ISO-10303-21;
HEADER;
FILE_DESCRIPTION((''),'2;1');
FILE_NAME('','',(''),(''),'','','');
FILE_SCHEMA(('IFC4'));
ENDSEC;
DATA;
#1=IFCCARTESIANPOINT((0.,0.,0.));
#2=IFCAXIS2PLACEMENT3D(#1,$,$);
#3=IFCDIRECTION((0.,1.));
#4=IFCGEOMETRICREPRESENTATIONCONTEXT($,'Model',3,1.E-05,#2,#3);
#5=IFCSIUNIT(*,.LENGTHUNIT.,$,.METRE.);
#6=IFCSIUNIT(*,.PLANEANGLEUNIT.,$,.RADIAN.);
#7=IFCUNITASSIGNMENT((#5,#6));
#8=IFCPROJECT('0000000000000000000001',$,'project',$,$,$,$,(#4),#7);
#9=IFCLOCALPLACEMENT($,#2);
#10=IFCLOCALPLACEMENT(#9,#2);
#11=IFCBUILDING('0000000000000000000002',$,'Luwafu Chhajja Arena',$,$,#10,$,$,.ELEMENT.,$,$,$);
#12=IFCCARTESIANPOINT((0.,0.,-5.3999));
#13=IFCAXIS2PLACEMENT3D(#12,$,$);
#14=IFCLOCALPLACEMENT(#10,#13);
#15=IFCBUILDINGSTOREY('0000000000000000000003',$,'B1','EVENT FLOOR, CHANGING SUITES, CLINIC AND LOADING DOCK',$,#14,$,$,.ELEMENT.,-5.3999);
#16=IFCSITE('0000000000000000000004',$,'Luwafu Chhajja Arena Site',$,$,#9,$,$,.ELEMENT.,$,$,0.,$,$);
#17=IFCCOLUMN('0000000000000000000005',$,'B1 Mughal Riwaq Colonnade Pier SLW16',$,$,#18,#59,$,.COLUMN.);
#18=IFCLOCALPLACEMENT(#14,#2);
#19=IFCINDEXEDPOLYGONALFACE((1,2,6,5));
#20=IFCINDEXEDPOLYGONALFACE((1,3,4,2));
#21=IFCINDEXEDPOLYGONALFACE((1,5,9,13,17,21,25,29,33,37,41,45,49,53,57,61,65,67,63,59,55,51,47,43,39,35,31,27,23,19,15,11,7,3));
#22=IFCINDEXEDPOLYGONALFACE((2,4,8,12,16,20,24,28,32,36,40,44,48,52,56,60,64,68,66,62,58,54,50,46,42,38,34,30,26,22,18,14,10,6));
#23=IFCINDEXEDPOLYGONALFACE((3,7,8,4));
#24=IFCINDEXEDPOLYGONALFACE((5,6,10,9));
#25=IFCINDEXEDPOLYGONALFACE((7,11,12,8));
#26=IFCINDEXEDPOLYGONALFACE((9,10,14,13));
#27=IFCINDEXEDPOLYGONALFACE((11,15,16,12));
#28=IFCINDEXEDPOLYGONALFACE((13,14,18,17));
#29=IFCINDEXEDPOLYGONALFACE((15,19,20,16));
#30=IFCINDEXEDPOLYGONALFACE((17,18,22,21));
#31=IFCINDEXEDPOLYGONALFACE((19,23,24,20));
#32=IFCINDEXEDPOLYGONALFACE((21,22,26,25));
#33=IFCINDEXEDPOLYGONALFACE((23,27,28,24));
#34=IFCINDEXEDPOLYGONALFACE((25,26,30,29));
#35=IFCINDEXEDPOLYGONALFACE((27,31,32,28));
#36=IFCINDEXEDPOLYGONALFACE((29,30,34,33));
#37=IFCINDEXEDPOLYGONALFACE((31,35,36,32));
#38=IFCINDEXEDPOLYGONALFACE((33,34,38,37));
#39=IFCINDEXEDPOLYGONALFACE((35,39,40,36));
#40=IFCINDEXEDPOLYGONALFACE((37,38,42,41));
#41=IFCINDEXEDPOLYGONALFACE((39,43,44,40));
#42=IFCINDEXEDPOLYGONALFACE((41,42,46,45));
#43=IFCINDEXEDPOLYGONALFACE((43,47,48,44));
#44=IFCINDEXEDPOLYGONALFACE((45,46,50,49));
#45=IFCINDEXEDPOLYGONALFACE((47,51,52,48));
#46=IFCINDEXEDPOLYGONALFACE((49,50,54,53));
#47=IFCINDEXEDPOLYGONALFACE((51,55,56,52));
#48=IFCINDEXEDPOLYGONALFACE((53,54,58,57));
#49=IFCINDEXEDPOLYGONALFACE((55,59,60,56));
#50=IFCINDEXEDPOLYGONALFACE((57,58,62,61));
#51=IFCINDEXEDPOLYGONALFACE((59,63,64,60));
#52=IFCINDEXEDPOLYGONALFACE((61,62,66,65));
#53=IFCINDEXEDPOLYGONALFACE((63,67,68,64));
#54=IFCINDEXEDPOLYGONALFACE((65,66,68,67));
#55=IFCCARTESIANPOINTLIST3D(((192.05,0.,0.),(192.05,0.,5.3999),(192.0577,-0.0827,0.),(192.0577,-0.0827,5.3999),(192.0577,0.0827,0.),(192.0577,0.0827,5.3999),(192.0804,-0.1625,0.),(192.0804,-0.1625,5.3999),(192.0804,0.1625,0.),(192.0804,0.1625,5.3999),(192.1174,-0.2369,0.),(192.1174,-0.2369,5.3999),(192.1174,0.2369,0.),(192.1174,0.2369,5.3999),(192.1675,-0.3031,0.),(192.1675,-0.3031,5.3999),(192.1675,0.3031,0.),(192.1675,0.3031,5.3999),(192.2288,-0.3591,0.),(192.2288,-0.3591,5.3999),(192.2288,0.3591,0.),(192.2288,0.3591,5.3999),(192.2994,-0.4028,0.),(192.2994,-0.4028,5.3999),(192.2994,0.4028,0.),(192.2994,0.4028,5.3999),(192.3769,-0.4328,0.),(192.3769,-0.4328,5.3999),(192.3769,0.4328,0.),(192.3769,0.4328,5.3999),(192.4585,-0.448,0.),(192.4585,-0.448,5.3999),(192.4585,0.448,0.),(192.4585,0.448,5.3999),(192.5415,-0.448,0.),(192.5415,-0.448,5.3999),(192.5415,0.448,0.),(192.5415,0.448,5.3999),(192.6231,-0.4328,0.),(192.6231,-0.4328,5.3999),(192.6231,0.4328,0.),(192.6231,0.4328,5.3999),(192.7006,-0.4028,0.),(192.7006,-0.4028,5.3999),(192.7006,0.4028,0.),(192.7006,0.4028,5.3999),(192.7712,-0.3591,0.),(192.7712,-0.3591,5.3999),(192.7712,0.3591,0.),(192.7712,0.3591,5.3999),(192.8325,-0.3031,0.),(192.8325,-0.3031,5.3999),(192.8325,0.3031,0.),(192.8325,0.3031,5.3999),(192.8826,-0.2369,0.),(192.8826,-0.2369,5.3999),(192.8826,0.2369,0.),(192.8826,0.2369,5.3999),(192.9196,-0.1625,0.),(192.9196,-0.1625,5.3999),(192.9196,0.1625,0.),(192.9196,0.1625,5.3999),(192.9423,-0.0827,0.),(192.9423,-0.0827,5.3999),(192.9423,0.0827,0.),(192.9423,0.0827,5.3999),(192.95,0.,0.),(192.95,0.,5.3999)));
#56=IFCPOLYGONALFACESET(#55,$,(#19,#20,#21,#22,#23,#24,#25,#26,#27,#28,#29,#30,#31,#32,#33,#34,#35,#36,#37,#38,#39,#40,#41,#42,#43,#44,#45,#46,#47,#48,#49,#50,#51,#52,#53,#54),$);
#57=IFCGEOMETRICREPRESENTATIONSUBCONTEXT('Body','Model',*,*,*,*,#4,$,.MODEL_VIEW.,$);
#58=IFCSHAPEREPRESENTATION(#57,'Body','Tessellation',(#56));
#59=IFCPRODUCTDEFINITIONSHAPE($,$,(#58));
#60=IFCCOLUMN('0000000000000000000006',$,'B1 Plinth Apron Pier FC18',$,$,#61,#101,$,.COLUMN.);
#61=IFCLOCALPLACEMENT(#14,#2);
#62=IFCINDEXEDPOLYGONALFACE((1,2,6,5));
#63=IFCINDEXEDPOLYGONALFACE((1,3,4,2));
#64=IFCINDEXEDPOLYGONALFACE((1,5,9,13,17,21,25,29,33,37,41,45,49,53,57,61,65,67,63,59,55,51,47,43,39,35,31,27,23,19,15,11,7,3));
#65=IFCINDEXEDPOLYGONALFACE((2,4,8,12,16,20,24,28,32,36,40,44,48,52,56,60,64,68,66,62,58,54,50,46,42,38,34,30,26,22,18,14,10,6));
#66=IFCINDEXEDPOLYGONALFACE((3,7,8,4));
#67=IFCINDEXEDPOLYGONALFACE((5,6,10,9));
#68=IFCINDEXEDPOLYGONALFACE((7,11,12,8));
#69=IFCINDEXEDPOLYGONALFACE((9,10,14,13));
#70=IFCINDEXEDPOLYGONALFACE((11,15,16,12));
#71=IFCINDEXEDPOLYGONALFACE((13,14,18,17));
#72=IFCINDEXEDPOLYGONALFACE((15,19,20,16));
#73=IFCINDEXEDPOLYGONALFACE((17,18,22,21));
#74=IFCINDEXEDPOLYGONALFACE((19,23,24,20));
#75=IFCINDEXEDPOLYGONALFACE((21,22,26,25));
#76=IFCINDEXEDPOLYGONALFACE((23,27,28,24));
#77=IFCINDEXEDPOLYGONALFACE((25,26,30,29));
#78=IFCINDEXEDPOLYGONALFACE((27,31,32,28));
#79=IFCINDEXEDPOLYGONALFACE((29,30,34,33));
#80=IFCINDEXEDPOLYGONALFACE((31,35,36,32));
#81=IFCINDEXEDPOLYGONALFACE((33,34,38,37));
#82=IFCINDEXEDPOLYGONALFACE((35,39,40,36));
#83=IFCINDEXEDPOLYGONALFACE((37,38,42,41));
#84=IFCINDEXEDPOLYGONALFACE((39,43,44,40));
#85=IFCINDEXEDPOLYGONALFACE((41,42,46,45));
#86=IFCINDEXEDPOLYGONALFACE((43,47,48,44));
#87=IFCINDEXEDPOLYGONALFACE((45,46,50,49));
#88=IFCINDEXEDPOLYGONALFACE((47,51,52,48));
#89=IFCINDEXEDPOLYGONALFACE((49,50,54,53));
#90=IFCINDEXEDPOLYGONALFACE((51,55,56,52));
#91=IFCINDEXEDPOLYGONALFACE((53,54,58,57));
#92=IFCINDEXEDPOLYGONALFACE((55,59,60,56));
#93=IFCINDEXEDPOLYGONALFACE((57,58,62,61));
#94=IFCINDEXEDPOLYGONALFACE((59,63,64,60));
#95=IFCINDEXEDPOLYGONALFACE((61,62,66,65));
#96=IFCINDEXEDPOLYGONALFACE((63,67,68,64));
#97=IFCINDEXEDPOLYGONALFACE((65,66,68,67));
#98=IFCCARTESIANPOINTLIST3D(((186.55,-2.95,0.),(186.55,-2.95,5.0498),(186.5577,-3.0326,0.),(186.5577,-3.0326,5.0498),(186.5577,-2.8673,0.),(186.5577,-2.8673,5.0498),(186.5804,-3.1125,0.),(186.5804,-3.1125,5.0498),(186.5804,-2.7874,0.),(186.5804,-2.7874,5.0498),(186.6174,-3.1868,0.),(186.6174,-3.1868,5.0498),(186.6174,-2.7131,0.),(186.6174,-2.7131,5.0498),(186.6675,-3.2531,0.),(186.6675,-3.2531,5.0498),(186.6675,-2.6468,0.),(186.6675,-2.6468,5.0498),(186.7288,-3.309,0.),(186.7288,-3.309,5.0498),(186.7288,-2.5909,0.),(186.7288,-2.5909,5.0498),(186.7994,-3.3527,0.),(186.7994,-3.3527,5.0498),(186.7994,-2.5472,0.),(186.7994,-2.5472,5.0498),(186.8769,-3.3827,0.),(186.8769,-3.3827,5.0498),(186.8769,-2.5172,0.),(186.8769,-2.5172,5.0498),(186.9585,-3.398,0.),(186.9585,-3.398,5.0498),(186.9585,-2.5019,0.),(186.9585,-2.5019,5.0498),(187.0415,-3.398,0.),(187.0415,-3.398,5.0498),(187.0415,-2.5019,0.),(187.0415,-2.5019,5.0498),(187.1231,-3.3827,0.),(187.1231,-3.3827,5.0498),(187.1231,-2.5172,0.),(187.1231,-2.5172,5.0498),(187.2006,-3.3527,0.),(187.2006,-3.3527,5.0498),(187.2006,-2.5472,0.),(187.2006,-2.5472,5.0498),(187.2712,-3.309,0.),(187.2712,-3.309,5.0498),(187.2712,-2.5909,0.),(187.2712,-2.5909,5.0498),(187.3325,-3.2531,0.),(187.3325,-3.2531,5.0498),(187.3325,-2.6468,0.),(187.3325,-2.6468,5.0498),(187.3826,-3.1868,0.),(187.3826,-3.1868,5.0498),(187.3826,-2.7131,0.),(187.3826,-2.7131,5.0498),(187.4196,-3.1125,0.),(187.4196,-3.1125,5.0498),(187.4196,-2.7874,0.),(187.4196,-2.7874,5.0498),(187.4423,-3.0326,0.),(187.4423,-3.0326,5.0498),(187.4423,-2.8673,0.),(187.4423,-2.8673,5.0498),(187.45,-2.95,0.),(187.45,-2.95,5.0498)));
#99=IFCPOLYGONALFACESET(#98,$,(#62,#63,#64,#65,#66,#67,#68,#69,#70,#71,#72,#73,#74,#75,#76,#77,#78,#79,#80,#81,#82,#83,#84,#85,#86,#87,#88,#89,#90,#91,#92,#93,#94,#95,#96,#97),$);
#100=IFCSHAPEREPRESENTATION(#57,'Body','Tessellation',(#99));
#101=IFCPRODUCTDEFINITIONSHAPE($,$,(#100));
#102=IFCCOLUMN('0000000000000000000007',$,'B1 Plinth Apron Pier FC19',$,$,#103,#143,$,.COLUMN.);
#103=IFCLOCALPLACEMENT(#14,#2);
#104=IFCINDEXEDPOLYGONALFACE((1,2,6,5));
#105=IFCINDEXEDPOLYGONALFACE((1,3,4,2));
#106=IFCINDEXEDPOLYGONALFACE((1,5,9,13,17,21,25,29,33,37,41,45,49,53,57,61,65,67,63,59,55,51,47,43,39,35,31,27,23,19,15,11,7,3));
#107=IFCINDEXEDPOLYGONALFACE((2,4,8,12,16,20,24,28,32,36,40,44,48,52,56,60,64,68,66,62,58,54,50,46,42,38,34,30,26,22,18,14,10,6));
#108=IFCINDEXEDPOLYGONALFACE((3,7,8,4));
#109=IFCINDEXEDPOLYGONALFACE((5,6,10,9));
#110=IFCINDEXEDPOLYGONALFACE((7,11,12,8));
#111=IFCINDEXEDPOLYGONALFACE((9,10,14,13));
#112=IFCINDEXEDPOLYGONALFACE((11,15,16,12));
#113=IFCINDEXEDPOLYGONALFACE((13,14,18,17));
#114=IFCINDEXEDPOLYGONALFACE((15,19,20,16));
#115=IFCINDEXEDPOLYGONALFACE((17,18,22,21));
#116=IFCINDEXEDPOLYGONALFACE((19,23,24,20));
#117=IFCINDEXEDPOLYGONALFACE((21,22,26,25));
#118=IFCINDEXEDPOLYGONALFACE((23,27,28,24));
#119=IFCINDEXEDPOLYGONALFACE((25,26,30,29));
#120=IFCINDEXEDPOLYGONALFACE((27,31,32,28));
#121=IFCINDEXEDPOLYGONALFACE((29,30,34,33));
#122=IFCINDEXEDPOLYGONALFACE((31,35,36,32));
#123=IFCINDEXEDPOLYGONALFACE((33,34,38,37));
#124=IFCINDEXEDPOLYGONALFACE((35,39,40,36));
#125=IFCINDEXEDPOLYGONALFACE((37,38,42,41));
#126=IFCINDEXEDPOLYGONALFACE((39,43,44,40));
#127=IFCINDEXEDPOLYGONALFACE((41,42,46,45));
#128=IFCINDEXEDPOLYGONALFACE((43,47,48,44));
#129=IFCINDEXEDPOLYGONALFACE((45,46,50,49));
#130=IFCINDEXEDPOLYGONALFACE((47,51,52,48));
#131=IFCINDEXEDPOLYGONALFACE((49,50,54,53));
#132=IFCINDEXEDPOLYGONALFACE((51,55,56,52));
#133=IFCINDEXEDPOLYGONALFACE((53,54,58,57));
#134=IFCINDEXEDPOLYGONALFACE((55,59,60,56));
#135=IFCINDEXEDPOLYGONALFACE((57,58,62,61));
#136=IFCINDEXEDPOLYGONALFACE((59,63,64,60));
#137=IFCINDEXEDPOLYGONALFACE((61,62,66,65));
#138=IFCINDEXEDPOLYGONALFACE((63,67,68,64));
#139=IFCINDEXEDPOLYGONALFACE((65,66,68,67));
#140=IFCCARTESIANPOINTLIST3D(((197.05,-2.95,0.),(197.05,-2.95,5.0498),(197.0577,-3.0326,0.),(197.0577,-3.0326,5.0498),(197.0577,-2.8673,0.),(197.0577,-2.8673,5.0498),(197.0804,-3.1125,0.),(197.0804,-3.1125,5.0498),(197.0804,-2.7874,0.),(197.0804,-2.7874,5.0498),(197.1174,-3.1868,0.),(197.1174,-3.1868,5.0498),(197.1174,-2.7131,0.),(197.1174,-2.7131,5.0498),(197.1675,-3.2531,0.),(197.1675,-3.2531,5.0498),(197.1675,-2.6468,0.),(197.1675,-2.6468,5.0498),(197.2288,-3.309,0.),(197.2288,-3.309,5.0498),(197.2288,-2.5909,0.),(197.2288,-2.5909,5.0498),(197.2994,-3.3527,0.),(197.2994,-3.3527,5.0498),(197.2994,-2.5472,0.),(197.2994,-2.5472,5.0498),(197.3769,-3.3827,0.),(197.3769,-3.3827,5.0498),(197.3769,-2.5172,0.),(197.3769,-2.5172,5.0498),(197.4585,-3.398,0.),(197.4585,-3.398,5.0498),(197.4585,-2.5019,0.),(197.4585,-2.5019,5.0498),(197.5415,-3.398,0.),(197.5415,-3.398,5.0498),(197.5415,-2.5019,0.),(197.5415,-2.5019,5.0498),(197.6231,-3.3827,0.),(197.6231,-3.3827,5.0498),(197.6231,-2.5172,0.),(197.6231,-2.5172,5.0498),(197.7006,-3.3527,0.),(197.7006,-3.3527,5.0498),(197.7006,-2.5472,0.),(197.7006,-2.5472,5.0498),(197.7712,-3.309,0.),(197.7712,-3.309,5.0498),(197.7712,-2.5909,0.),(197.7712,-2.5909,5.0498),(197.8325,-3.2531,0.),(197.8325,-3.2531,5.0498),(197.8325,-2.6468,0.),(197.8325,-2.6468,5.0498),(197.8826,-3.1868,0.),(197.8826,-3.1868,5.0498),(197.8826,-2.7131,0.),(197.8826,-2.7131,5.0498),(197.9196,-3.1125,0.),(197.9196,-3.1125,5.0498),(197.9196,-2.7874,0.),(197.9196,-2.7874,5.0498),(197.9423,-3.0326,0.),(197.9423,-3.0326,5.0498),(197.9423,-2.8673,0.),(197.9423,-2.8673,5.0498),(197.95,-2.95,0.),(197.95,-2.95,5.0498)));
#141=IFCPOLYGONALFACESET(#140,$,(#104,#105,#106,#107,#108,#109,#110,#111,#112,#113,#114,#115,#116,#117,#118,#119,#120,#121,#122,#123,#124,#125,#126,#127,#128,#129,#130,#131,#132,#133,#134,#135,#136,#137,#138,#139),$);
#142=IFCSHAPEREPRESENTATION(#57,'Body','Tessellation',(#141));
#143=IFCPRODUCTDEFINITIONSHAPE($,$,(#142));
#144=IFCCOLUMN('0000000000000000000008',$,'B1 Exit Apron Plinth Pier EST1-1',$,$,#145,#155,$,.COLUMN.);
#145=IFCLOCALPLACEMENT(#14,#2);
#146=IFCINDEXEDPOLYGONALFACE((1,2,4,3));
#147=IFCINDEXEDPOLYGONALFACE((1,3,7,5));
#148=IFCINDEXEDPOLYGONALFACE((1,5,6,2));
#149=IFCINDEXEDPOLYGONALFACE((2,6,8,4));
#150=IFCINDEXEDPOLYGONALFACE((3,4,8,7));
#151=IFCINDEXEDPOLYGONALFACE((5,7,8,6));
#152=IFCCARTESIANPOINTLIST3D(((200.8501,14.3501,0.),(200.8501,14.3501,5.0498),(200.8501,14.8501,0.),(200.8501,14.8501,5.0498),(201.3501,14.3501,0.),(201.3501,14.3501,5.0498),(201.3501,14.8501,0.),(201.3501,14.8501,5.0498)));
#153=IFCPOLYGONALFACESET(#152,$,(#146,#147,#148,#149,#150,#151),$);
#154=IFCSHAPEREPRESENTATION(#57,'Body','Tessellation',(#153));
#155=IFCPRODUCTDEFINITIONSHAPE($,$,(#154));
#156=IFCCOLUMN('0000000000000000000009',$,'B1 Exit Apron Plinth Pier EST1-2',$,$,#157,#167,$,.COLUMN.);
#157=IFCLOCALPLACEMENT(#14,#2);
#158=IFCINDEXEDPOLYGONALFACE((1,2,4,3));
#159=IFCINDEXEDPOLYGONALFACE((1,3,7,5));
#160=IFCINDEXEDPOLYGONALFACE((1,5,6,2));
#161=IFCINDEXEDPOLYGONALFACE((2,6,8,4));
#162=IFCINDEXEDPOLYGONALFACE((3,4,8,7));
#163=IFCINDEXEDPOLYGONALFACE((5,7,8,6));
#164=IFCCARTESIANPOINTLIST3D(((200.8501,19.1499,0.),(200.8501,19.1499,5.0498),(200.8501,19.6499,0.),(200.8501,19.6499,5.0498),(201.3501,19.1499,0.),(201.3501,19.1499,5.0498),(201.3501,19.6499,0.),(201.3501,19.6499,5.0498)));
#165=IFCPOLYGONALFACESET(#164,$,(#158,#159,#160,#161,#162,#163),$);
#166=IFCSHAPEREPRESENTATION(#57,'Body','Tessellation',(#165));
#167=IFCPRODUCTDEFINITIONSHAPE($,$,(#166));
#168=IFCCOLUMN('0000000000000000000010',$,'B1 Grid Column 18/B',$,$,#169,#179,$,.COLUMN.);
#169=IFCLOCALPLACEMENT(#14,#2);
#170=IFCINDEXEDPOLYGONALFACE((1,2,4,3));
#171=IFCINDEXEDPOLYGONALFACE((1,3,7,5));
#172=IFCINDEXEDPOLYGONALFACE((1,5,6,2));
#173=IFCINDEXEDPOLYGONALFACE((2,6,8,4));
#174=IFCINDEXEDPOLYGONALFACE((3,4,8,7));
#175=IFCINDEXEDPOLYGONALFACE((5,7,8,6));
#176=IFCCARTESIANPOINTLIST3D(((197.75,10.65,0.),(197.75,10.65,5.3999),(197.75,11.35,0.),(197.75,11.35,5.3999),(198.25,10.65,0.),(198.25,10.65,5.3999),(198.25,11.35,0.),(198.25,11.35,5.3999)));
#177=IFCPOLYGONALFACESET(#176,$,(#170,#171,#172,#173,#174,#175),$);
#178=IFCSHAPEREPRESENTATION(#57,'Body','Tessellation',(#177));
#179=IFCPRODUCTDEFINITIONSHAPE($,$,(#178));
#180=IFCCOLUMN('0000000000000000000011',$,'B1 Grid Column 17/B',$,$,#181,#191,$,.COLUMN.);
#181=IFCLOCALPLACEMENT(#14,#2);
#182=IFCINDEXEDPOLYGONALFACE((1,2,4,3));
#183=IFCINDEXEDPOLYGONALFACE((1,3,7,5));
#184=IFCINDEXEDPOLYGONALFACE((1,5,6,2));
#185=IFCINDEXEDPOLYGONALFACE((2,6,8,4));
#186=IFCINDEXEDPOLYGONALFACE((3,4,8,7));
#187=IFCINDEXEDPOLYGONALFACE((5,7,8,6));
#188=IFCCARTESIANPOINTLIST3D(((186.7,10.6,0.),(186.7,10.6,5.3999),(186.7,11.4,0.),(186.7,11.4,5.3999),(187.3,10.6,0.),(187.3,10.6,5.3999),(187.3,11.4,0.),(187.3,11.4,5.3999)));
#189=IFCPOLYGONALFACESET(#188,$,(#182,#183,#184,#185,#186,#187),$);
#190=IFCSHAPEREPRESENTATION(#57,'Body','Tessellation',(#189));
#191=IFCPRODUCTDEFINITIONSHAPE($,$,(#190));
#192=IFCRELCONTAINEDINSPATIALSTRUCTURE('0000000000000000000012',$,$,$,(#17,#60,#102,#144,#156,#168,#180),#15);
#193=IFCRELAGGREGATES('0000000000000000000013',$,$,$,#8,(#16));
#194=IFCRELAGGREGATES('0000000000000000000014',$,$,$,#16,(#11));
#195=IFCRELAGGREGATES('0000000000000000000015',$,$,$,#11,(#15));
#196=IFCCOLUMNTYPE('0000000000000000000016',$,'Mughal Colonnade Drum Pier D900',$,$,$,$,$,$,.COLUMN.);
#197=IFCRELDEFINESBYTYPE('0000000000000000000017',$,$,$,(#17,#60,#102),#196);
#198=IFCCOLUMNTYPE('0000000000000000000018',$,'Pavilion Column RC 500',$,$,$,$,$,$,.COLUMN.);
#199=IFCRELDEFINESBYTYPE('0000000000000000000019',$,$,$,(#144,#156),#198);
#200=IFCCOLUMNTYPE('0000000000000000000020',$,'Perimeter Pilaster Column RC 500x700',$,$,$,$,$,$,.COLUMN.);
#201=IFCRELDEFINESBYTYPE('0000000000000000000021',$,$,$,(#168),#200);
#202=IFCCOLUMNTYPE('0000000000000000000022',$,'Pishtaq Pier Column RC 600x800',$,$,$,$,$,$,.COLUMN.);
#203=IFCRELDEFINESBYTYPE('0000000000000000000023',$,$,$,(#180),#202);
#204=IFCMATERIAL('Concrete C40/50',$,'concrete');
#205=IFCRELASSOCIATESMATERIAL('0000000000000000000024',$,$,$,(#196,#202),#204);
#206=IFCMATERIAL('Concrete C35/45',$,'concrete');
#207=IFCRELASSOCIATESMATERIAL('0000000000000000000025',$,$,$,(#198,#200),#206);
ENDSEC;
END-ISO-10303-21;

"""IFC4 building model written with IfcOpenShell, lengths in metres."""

from ifc_helpers import new_model, si_unit, direction, frame, origin, origin_2d, place, context, subcontext, project, spatial, rectangle, circle, extrude, material, material_profile, profile_set, type_object, element, save


model = new_model("IFC4")

# Units and contexts
model_context = context("Model", 3, precision=1e-05, world=origin(), true_north=direction((0.0, 1.0)))
body_context = subcontext(model_context, "Body", "Model", "MODEL_VIEW")
ifc_project = project(units=[si_unit("LENGTHUNIT", "METRE"), si_unit("PLANEANGLEUNIT", "RADIAN")], contexts=[model_context])

# Site, building, storey
site_placement = place(None, origin())
site = spatial("IfcSite", under=ifc_project, at=site_placement, Name="Luwafu Chhajja Arena Site", CompositionType="ELEMENT", RefElevation=0.0)
building_placement = place(site_placement, origin())
building = spatial("IfcBuilding", under=site, at=building_placement, Name="Luwafu Chhajja Arena", CompositionType="ELEMENT")
storey_placement = place(building_placement, frame((0.0, 0.0, -5.3999)))
storey = spatial("IfcBuildingStorey", under=building, at=storey_placement, Name="B1", Description="EVENT FLOOR, CHANGING SUITES, CLINIC AND LOADING DOCK", CompositionType="ELEMENT", Elevation=-5.3999)

# Shared definitions
ifc_material_1 = material(Name="Concrete C35/45", Category="concrete")

# Columns
ifc_material_2 = material(Name="Concrete C40/50", Category="concrete")
ifc_material_profile_1 = material_profile(ifc_material_2, circle(Radius=0.45, at=origin_2d()), Name="RC COL D900")
ifc_profile_set_1 = profile_set([ifc_material_profile_1], Name="Concrete C40/50")
column_type_1 = type_object("IfcColumnType", Name="Mughal Colonnade Drum Pier D900", PredefinedType="COLUMN", material=ifc_profile_set_1)
column_1_placement = place(storey_placement, frame((192.5, 0.0, 0.0), z_axis=(0.0, 0.0, 1.0), x_axis=(1.0, 0.0, 0.0)))
element("IfcColumn", 1, at=column_1_placement, inside=storey, type_object=column_type_1, Name="B1 Mughal Riwaq Colonnade Pier SLW16", PredefinedType="COLUMN", context=body_context, shape_type="SweptSolid", body=[
    extrude(circle(Radius=0.45, at=origin_2d()), origin(), (0.0, 0.0, 1.0), 5.3999),
])
for number, where, z_axis, x_axis, name in (
    (2, (187.0, -2.95, 0.0), (0.0, 0.0, 1.0), (1.0, 0.0, 0.0), "B1 Plinth Apron Pier FC18"),
    (3, (197.5, -2.95, 0.0), (0.0, 0.0, 1.0), (1.0, 0.0, 0.0), "B1 Plinth Apron Pier FC19"),
):
    element("IfcColumn", number, at=place(storey_placement, frame(where, z_axis=z_axis, x_axis=x_axis)), inside=storey, type_object=column_type_1, Name=name, PredefinedType="COLUMN", context=body_context, shape_type="SweptSolid", body=[
        extrude(circle(Radius=0.45, at=origin_2d()), origin(), (0.0, 0.0, 1.0), 5.0498),
    ])
ifc_material_profile_2 = material_profile(ifc_material_1, rectangle(XDim=0.5, YDim=0.5, at=origin_2d()), Name="RC 500x500")
ifc_profile_set_2 = profile_set([ifc_material_profile_2], Name="Concrete C35/45")
column_type_2 = type_object("IfcColumnType", Name="Pavilion Column RC 500", PredefinedType="COLUMN", material=ifc_profile_set_2)
for number, where, z_axis, x_axis, name in (
    (4, (201.1001, 14.6001, 0.0), (0.0, 0.0, 1.0), (1.0, 0.0, 0.0), "B1 Exit Apron Plinth Pier EST1-1"),
    (5, (201.1001, 19.3999, 0.0), (0.0, 0.0, 1.0), (1.0, 0.0, 0.0), "B1 Exit Apron Plinth Pier EST1-2"),
):
    element("IfcColumn", number, at=place(storey_placement, frame(where, z_axis=z_axis, x_axis=x_axis)), inside=storey, type_object=column_type_2, Name=name, PredefinedType="COLUMN", context=body_context, shape_type="SweptSolid", body=[
        extrude(rectangle(XDim=0.5, YDim=0.5, at=origin_2d()), origin(), (0.0, 0.0, 1.0), 5.0498),
    ])
ifc_material_profile_3 = material_profile(ifc_material_1, rectangle(XDim=0.5, YDim=0.7, at=origin_2d()), Name="RC 500x700")
ifc_profile_set_3 = profile_set([ifc_material_profile_3], Name="Concrete C35/45")
column_type_3 = type_object("IfcColumnType", Name="Perimeter Pilaster Column RC 500x700", PredefinedType="COLUMN", material=ifc_profile_set_3)
column_2_placement = place(storey_placement, frame((198.0, 11.0, 0.0), z_axis=(0.0, 0.0, 1.0), x_axis=(1.0, 0.0, 0.0)))
element("IfcColumn", 6, at=column_2_placement, inside=storey, type_object=column_type_3, Name="B1 Grid Column 18/B", PredefinedType="COLUMN", context=body_context, shape_type="SweptSolid", body=[
    extrude(rectangle(XDim=0.5, YDim=0.7, at=origin_2d()), origin(), (0.0, 0.0, 1.0), 5.3999),
])
ifc_material_profile_4 = material_profile(ifc_material_2, rectangle(XDim=0.6001, YDim=0.8, at=origin_2d()), Name="RC 600x800")
ifc_profile_set_4 = profile_set([ifc_material_profile_4], Name="Concrete C40/50")
column_type_4 = type_object("IfcColumnType", Name="Pishtaq Pier Column RC 600x800", PredefinedType="COLUMN", material=ifc_profile_set_4)
column_3_placement = place(storey_placement, frame((187.0, 11.0, 0.0), z_axis=(0.0, 0.0, 1.0), x_axis=(1.0, 0.0, 0.0)))
element("IfcColumn", 7, at=column_3_placement, inside=storey, type_object=column_type_4, Name="B1 Grid Column 17/B", PredefinedType="COLUMN", context=body_context, shape_type="SweptSolid", body=[
    extrude(rectangle(XDim=0.6001, YDim=0.8, at=origin_2d()), origin(), (0.0, 0.0, 1.0), 5.3999),
])

save(model, "model.ifc")
